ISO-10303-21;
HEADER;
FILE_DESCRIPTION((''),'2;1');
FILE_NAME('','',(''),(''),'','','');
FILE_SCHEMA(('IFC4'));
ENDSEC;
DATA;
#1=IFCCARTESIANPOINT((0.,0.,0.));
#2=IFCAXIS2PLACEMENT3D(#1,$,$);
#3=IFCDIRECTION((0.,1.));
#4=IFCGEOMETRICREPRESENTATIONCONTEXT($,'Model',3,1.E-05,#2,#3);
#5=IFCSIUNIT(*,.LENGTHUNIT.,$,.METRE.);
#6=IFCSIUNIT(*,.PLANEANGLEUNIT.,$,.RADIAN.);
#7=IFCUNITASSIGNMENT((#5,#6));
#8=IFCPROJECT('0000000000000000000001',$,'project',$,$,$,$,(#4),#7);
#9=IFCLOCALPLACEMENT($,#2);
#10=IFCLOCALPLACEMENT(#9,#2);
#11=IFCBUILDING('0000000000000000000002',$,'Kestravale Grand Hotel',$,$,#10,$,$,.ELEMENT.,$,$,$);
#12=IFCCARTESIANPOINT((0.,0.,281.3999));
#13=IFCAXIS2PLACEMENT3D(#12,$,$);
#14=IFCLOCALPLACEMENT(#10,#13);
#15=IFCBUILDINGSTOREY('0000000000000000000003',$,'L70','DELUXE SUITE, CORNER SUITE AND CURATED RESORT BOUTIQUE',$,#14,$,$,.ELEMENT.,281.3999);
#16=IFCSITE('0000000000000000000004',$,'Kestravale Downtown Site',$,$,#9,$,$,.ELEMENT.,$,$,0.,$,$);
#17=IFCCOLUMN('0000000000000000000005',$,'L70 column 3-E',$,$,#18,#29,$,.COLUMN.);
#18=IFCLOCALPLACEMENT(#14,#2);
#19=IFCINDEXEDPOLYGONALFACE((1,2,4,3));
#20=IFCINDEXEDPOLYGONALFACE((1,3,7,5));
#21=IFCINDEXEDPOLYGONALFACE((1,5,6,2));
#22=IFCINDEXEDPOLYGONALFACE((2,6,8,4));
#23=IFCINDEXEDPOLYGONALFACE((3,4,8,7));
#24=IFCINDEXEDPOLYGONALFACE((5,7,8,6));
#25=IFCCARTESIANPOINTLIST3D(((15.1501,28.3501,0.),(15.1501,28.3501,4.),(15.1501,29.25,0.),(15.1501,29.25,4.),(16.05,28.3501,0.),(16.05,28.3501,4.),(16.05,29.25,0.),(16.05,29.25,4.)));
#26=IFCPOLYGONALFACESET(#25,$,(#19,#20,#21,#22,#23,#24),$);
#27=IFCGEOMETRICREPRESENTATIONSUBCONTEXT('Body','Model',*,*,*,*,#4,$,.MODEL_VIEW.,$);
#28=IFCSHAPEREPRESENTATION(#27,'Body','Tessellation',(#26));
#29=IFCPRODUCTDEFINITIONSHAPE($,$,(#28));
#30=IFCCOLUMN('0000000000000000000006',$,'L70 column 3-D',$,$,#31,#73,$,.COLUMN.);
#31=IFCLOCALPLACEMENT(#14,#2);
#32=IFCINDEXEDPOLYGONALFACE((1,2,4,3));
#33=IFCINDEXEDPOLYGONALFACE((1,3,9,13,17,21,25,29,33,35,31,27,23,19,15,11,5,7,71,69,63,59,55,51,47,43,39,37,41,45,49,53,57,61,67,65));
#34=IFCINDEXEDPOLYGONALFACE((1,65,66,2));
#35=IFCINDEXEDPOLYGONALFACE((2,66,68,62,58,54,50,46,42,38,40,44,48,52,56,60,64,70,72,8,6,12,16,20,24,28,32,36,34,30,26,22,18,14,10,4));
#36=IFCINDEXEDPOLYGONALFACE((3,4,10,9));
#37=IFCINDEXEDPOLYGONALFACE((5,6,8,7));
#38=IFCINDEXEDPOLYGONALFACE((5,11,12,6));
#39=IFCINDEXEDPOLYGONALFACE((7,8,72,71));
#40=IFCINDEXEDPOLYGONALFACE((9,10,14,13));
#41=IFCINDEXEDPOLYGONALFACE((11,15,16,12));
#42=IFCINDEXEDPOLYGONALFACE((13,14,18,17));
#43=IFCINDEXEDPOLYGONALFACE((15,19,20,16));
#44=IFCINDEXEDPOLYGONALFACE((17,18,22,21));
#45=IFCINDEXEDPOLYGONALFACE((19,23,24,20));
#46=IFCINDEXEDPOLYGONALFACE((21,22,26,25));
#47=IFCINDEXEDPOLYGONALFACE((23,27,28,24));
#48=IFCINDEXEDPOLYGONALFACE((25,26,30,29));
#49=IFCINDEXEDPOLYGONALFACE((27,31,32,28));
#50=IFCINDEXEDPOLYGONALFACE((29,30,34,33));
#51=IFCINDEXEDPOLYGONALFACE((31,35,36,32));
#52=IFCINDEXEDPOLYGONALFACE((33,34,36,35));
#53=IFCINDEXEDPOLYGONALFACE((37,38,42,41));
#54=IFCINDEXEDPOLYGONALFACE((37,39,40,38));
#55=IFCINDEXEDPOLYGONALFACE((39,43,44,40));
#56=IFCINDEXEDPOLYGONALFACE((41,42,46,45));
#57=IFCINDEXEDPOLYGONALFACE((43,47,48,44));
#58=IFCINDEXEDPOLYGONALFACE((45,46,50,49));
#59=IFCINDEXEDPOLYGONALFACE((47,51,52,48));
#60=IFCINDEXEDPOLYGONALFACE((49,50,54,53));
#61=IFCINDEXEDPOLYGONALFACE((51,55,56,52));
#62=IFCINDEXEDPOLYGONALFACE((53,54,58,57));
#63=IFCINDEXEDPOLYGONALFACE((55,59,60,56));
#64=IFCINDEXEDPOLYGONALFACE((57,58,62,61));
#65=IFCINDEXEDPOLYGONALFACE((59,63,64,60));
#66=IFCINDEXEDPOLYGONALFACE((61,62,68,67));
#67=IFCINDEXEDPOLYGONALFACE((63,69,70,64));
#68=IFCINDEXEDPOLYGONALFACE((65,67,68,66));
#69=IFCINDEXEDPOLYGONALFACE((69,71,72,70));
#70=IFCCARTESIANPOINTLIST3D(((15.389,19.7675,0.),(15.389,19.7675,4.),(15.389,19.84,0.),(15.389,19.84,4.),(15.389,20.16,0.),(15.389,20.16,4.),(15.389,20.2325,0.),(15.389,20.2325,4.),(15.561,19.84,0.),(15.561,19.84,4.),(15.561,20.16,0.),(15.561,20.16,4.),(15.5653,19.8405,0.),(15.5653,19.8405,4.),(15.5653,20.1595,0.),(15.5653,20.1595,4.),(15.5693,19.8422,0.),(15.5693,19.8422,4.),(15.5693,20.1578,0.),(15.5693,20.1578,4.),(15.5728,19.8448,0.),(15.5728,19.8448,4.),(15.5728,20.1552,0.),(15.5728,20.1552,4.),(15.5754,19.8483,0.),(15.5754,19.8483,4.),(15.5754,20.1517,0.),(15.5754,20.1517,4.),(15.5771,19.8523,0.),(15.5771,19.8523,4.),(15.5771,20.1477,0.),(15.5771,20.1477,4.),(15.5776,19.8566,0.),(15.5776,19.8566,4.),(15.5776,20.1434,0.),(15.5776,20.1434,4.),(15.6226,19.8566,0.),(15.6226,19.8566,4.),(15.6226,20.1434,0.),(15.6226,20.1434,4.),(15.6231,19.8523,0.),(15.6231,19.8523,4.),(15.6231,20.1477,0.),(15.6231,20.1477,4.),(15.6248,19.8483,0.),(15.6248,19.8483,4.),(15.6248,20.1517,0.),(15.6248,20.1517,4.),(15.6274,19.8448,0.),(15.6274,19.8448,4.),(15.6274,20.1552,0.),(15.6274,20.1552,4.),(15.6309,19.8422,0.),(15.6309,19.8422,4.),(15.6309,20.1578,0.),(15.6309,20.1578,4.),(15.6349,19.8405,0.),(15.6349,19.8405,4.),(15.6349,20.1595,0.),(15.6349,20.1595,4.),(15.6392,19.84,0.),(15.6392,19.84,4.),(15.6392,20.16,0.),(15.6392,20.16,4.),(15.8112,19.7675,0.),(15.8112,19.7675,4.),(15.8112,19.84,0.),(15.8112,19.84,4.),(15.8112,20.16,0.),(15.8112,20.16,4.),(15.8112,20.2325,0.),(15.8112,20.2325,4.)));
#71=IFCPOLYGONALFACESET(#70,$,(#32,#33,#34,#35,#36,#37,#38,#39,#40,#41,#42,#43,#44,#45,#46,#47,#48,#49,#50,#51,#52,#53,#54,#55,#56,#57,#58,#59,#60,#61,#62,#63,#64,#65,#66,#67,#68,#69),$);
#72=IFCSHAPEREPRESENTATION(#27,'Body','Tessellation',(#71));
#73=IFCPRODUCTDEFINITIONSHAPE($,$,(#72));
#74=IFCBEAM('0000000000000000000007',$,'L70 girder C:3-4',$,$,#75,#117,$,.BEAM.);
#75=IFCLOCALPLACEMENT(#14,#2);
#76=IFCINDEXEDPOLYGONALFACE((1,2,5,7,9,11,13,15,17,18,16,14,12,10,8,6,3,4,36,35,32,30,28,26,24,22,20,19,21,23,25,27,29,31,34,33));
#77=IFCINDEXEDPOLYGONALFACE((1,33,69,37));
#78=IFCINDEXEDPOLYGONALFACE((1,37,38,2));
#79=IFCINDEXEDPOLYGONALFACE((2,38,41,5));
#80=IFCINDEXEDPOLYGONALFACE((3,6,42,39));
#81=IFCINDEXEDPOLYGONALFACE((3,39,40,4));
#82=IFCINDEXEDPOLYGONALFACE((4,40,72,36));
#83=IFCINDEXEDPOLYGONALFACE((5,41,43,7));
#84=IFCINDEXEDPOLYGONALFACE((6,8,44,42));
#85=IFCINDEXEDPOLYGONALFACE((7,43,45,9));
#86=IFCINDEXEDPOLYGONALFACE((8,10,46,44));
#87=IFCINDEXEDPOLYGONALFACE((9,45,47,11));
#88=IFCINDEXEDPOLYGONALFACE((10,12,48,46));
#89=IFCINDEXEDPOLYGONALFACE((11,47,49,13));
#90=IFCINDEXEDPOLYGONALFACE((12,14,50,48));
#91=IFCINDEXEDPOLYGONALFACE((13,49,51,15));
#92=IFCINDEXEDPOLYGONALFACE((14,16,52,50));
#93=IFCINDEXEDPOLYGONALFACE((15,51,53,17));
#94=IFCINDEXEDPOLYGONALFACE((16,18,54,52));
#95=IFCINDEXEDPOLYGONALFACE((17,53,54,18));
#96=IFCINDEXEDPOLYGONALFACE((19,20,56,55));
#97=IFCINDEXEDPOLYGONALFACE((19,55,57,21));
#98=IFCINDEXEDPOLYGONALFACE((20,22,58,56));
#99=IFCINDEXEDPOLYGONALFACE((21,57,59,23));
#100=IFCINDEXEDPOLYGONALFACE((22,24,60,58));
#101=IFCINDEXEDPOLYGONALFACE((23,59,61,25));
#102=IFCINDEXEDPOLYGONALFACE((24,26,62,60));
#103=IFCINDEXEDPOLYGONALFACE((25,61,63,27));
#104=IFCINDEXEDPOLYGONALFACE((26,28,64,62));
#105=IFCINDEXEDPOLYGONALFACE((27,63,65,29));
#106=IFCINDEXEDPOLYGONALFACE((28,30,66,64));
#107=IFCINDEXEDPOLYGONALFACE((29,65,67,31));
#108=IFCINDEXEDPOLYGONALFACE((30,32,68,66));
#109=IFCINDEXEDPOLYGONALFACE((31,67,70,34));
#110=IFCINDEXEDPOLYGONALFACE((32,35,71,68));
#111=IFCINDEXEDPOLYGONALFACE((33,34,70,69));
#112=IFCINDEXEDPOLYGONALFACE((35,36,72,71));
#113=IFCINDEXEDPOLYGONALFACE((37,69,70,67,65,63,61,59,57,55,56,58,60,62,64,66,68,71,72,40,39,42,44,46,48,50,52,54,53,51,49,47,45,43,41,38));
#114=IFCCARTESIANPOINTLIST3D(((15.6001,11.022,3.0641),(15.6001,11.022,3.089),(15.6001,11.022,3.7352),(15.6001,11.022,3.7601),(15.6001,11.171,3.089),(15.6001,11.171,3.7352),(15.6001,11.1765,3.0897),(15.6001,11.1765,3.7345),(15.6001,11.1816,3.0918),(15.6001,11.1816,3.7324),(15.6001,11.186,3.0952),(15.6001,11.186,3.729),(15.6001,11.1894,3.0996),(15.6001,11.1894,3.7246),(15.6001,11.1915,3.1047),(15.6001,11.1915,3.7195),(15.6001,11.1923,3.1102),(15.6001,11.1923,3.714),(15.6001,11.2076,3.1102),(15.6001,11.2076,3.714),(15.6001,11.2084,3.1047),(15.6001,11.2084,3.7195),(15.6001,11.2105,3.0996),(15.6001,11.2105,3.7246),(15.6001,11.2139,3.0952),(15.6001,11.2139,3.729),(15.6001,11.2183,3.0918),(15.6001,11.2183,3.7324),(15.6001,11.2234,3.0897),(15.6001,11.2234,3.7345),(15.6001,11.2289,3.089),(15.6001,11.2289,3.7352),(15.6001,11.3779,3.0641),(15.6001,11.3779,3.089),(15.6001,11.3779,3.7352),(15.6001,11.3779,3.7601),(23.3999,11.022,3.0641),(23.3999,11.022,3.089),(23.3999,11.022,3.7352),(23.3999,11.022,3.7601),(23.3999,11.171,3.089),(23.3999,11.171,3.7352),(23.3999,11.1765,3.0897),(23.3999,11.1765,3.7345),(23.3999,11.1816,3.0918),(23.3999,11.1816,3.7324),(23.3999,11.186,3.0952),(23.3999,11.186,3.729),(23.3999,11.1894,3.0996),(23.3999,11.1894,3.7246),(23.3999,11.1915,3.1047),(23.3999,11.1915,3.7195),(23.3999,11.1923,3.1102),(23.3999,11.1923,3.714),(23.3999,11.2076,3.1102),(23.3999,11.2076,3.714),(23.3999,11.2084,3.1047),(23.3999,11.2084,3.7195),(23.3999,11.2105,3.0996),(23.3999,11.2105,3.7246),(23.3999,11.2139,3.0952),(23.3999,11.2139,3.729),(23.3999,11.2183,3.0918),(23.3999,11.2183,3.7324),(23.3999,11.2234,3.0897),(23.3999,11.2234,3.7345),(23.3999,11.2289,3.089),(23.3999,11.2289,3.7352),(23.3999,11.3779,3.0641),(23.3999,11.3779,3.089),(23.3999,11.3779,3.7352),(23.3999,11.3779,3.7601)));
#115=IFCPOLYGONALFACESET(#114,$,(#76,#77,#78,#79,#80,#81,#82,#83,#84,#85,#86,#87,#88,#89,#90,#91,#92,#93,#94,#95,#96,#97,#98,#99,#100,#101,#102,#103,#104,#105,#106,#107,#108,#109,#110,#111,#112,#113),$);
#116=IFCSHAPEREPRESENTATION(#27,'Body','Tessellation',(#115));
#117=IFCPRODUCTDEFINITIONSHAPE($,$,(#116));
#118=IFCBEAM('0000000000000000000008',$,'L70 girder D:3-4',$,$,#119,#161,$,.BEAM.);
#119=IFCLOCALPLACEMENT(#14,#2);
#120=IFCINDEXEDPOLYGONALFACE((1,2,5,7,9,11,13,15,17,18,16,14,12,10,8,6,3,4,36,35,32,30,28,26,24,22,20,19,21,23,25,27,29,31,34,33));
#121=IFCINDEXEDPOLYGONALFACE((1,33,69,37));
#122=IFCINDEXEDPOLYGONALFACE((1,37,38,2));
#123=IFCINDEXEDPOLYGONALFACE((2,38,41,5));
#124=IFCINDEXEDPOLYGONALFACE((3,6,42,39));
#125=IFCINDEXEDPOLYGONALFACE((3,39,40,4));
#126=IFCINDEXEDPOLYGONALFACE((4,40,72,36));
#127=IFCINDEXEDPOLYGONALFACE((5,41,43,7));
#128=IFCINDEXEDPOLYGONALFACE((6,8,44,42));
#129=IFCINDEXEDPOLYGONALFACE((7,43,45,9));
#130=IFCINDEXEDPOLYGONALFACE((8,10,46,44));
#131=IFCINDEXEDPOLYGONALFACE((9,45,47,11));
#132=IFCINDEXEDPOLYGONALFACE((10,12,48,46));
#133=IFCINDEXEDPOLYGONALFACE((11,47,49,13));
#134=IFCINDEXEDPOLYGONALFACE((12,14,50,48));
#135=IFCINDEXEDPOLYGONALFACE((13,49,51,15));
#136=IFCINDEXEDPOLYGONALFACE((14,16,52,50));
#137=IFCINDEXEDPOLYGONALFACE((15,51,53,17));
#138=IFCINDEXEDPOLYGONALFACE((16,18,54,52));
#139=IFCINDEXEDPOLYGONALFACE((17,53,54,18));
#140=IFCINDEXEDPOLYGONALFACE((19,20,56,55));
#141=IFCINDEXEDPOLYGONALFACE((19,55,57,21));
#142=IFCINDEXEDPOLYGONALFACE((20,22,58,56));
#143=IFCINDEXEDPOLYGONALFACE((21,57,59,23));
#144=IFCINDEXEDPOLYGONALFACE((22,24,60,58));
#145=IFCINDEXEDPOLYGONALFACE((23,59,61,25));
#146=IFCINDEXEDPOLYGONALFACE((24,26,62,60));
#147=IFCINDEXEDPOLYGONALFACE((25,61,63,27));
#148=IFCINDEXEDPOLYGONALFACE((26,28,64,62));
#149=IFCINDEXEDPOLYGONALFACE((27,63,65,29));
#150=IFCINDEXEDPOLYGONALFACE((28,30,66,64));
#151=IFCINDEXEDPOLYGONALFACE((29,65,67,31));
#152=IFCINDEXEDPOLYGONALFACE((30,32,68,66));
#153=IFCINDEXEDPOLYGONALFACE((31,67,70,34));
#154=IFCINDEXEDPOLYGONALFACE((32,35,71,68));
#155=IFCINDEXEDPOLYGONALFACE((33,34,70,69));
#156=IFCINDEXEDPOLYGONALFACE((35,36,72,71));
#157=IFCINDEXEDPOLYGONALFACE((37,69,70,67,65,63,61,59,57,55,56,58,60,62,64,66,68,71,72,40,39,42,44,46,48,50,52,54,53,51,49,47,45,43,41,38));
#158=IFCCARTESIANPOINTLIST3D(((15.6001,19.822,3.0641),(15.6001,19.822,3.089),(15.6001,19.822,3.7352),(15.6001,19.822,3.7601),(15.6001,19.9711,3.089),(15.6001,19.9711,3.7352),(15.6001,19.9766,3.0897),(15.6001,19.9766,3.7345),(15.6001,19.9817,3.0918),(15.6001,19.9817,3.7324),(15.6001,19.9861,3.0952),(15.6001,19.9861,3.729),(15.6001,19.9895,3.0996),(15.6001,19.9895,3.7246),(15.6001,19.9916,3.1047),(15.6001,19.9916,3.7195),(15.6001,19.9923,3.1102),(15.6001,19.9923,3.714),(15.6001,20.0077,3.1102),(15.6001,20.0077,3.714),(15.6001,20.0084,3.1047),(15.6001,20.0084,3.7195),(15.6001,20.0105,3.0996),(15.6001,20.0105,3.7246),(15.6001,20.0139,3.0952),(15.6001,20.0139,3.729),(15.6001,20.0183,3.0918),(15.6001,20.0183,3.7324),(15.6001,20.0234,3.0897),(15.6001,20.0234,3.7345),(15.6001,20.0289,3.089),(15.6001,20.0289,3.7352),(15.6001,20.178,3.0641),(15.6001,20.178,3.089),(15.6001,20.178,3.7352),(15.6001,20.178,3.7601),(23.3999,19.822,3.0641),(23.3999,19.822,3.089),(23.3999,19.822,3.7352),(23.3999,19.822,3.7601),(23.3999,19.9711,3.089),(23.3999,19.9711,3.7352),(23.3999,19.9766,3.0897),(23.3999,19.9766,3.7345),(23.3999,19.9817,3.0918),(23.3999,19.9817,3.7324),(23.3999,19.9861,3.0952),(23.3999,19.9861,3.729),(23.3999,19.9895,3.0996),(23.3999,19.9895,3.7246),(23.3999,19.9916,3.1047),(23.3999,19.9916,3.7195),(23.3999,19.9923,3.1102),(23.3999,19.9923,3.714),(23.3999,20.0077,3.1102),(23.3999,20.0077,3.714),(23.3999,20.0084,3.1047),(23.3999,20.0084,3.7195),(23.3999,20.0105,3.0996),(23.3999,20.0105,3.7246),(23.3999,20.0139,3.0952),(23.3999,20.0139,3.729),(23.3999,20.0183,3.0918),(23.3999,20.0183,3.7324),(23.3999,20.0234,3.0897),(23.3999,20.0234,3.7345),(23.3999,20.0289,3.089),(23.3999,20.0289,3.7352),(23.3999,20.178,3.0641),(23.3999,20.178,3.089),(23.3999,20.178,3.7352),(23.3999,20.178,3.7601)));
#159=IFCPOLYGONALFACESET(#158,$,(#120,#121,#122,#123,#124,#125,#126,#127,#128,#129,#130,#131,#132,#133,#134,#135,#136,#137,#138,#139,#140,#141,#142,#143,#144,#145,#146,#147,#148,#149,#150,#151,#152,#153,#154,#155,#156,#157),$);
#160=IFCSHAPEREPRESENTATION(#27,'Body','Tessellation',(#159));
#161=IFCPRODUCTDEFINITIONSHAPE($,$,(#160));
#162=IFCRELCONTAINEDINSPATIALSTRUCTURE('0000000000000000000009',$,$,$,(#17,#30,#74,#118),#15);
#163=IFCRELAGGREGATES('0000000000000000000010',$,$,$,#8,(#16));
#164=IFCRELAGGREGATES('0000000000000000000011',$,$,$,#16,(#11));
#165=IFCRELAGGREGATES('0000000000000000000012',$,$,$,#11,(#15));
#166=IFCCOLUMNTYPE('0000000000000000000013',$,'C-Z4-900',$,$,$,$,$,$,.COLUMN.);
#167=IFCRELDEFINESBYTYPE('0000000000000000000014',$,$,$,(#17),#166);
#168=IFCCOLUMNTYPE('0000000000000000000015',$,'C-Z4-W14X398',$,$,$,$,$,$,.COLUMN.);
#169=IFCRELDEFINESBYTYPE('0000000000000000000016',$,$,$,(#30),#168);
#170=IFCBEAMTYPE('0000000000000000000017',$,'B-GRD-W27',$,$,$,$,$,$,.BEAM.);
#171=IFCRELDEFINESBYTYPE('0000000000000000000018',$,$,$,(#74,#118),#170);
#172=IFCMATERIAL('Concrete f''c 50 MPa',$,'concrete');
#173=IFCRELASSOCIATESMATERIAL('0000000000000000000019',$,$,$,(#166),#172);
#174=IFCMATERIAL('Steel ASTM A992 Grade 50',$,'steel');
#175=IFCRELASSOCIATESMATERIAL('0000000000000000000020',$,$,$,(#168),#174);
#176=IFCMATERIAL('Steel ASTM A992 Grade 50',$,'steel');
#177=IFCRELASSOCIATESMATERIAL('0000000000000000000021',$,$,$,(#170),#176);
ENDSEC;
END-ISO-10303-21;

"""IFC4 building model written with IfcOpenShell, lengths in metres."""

from ifc_helpers import new_model, si_unit, direction, frame, origin, origin_2d, place, context, subcontext, project, spatial, rectangle, i_section, extrude, material, material_profile, profile_set, type_object, element, save


model = new_model("IFC4")

# Units and contexts
model_context = context("Model", 3, precision=1e-05, world=origin(), true_north=direction((0.0, 1.0)))
body_context = subcontext(model_context, "Body", "Model", "MODEL_VIEW")
ifc_project = project(units=[si_unit("LENGTHUNIT", "METRE"), si_unit("PLANEANGLEUNIT", "RADIAN")], contexts=[model_context])

# Site, building, storey
site_placement = place(None, origin())
site = spatial("IfcSite", under=ifc_project, at=site_placement, Name="Kestravale Downtown Site", CompositionType="ELEMENT", RefElevation=0.0)
building_placement = place(site_placement, origin())
building = spatial("IfcBuilding", under=site, at=building_placement, Name="Kestravale Grand Hotel", CompositionType="ELEMENT")
storey_placement = place(building_placement, frame((0.0, 0.0, 281.3999)))
storey = spatial("IfcBuildingStorey", under=building, at=storey_placement, Name="L70", Description="DELUXE SUITE, CORNER SUITE AND CURATED RESORT BOUTIQUE", CompositionType="ELEMENT", Elevation=281.3999)

# Columns
ifc_material_1 = material(Name="Concrete f'c 50 MPa", Category="concrete")
ifc_material_profile_1 = material_profile(ifc_material_1, rectangle(XDim=0.8999, YDim=0.8999, at=origin_2d()))
ifc_profile_set_1 = profile_set([ifc_material_profile_1], Name="Concrete f'c 50 MPa")
column_type_1 = type_object("IfcColumnType", Name="C-Z4-900", PredefinedType="COLUMN", material=ifc_profile_set_1)
column_1_placement = place(storey_placement, frame((15.6001, 28.8, 0.0), z_axis=(0.0, 0.0, 1.0), x_axis=(1.0, 0.0, 0.0)))
element("IfcColumn", 1, at=column_1_placement, inside=storey, type_object=column_type_1, Name="L70 column 3-E", PredefinedType="COLUMN", context=body_context, shape_type="SweptSolid", body=[
    extrude(rectangle(XDim=0.8999, YDim=0.8999, at=origin_2d()), origin(), (0.0, 0.0, 1.0), 4.0),
])
ifc_material_2 = material(Name="Steel ASTM A992 Grade 50", Category="steel")
ifc_material_profile_2 = material_profile(ifc_material_2, i_section(OverallWidth=0.4221, OverallDepth=0.4651, WebThickness=0.0449, FlangeThickness=0.0725, FilletRadius=0.0166, at=origin_2d()))
ifc_profile_set_2 = profile_set([ifc_material_profile_2], Name="Steel ASTM A992 Grade 50")
column_type_2 = type_object("IfcColumnType", Name="C-Z4-W14X398", PredefinedType="COLUMN", material=ifc_profile_set_2)
column_2_placement = place(storey_placement, frame((15.6001, 20.0, 0.0), z_axis=(0.0, 0.0, 1.0), x_axis=(1.0, 0.0, 0.0)))
element("IfcColumn", 2, at=column_2_placement, inside=storey, type_object=column_type_2, Name="L70 column 3-D", PredefinedType="COLUMN", context=body_context, shape_type="SweptSolid", body=[
    extrude(i_section(OverallWidth=0.4221, OverallDepth=0.4651, WebThickness=0.0449, FlangeThickness=0.0725, FilletRadius=0.0166, at=origin_2d()), origin(), (0.0, 0.0, 1.0), 4.0),
])

# Beams
ifc_material_3 = material(Name="Steel ASTM A992 Grade 50", Category="steel")
ifc_material_profile_3 = material_profile(ifc_material_3, i_section(OverallWidth=0.356, OverallDepth=0.696, WebThickness=0.0154, FlangeThickness=0.0249, FilletRadius=0.0212, at=origin_2d()))
ifc_profile_set_3 = profile_set([ifc_material_profile_3], Name="Steel ASTM A992 Grade 50")
beam_type = type_object("IfcBeamType", Name="B-GRD-W27", PredefinedType="BEAM", material=ifc_profile_set_3)
for number, where, z_axis, x_axis, name in (
    (3, (15.6001, 11.2, 3.4121), (1.0, 0.0, 0.0), (0.0, 1.0, 0.0), "L70 girder C:3-4"),
    (4, (15.6001, 20.0, 3.4121), (1.0, 0.0, 0.0), (0.0, 1.0, 0.0), "L70 girder D:3-4"),
):
    element("IfcBeam", number, at=place(storey_placement, frame(where, z_axis=z_axis, x_axis=x_axis)), inside=storey, type_object=beam_type, Name=name, PredefinedType="BEAM", context=body_context, shape_type="SweptSolid", body=[
        extrude(i_section(OverallWidth=0.356, OverallDepth=0.696, WebThickness=0.0154, FlangeThickness=0.0249, FilletRadius=0.0212, at=origin_2d()), origin(), (0.0, 0.0, 1.0), 7.7998),
    ])

save(model, "model.ifc")
